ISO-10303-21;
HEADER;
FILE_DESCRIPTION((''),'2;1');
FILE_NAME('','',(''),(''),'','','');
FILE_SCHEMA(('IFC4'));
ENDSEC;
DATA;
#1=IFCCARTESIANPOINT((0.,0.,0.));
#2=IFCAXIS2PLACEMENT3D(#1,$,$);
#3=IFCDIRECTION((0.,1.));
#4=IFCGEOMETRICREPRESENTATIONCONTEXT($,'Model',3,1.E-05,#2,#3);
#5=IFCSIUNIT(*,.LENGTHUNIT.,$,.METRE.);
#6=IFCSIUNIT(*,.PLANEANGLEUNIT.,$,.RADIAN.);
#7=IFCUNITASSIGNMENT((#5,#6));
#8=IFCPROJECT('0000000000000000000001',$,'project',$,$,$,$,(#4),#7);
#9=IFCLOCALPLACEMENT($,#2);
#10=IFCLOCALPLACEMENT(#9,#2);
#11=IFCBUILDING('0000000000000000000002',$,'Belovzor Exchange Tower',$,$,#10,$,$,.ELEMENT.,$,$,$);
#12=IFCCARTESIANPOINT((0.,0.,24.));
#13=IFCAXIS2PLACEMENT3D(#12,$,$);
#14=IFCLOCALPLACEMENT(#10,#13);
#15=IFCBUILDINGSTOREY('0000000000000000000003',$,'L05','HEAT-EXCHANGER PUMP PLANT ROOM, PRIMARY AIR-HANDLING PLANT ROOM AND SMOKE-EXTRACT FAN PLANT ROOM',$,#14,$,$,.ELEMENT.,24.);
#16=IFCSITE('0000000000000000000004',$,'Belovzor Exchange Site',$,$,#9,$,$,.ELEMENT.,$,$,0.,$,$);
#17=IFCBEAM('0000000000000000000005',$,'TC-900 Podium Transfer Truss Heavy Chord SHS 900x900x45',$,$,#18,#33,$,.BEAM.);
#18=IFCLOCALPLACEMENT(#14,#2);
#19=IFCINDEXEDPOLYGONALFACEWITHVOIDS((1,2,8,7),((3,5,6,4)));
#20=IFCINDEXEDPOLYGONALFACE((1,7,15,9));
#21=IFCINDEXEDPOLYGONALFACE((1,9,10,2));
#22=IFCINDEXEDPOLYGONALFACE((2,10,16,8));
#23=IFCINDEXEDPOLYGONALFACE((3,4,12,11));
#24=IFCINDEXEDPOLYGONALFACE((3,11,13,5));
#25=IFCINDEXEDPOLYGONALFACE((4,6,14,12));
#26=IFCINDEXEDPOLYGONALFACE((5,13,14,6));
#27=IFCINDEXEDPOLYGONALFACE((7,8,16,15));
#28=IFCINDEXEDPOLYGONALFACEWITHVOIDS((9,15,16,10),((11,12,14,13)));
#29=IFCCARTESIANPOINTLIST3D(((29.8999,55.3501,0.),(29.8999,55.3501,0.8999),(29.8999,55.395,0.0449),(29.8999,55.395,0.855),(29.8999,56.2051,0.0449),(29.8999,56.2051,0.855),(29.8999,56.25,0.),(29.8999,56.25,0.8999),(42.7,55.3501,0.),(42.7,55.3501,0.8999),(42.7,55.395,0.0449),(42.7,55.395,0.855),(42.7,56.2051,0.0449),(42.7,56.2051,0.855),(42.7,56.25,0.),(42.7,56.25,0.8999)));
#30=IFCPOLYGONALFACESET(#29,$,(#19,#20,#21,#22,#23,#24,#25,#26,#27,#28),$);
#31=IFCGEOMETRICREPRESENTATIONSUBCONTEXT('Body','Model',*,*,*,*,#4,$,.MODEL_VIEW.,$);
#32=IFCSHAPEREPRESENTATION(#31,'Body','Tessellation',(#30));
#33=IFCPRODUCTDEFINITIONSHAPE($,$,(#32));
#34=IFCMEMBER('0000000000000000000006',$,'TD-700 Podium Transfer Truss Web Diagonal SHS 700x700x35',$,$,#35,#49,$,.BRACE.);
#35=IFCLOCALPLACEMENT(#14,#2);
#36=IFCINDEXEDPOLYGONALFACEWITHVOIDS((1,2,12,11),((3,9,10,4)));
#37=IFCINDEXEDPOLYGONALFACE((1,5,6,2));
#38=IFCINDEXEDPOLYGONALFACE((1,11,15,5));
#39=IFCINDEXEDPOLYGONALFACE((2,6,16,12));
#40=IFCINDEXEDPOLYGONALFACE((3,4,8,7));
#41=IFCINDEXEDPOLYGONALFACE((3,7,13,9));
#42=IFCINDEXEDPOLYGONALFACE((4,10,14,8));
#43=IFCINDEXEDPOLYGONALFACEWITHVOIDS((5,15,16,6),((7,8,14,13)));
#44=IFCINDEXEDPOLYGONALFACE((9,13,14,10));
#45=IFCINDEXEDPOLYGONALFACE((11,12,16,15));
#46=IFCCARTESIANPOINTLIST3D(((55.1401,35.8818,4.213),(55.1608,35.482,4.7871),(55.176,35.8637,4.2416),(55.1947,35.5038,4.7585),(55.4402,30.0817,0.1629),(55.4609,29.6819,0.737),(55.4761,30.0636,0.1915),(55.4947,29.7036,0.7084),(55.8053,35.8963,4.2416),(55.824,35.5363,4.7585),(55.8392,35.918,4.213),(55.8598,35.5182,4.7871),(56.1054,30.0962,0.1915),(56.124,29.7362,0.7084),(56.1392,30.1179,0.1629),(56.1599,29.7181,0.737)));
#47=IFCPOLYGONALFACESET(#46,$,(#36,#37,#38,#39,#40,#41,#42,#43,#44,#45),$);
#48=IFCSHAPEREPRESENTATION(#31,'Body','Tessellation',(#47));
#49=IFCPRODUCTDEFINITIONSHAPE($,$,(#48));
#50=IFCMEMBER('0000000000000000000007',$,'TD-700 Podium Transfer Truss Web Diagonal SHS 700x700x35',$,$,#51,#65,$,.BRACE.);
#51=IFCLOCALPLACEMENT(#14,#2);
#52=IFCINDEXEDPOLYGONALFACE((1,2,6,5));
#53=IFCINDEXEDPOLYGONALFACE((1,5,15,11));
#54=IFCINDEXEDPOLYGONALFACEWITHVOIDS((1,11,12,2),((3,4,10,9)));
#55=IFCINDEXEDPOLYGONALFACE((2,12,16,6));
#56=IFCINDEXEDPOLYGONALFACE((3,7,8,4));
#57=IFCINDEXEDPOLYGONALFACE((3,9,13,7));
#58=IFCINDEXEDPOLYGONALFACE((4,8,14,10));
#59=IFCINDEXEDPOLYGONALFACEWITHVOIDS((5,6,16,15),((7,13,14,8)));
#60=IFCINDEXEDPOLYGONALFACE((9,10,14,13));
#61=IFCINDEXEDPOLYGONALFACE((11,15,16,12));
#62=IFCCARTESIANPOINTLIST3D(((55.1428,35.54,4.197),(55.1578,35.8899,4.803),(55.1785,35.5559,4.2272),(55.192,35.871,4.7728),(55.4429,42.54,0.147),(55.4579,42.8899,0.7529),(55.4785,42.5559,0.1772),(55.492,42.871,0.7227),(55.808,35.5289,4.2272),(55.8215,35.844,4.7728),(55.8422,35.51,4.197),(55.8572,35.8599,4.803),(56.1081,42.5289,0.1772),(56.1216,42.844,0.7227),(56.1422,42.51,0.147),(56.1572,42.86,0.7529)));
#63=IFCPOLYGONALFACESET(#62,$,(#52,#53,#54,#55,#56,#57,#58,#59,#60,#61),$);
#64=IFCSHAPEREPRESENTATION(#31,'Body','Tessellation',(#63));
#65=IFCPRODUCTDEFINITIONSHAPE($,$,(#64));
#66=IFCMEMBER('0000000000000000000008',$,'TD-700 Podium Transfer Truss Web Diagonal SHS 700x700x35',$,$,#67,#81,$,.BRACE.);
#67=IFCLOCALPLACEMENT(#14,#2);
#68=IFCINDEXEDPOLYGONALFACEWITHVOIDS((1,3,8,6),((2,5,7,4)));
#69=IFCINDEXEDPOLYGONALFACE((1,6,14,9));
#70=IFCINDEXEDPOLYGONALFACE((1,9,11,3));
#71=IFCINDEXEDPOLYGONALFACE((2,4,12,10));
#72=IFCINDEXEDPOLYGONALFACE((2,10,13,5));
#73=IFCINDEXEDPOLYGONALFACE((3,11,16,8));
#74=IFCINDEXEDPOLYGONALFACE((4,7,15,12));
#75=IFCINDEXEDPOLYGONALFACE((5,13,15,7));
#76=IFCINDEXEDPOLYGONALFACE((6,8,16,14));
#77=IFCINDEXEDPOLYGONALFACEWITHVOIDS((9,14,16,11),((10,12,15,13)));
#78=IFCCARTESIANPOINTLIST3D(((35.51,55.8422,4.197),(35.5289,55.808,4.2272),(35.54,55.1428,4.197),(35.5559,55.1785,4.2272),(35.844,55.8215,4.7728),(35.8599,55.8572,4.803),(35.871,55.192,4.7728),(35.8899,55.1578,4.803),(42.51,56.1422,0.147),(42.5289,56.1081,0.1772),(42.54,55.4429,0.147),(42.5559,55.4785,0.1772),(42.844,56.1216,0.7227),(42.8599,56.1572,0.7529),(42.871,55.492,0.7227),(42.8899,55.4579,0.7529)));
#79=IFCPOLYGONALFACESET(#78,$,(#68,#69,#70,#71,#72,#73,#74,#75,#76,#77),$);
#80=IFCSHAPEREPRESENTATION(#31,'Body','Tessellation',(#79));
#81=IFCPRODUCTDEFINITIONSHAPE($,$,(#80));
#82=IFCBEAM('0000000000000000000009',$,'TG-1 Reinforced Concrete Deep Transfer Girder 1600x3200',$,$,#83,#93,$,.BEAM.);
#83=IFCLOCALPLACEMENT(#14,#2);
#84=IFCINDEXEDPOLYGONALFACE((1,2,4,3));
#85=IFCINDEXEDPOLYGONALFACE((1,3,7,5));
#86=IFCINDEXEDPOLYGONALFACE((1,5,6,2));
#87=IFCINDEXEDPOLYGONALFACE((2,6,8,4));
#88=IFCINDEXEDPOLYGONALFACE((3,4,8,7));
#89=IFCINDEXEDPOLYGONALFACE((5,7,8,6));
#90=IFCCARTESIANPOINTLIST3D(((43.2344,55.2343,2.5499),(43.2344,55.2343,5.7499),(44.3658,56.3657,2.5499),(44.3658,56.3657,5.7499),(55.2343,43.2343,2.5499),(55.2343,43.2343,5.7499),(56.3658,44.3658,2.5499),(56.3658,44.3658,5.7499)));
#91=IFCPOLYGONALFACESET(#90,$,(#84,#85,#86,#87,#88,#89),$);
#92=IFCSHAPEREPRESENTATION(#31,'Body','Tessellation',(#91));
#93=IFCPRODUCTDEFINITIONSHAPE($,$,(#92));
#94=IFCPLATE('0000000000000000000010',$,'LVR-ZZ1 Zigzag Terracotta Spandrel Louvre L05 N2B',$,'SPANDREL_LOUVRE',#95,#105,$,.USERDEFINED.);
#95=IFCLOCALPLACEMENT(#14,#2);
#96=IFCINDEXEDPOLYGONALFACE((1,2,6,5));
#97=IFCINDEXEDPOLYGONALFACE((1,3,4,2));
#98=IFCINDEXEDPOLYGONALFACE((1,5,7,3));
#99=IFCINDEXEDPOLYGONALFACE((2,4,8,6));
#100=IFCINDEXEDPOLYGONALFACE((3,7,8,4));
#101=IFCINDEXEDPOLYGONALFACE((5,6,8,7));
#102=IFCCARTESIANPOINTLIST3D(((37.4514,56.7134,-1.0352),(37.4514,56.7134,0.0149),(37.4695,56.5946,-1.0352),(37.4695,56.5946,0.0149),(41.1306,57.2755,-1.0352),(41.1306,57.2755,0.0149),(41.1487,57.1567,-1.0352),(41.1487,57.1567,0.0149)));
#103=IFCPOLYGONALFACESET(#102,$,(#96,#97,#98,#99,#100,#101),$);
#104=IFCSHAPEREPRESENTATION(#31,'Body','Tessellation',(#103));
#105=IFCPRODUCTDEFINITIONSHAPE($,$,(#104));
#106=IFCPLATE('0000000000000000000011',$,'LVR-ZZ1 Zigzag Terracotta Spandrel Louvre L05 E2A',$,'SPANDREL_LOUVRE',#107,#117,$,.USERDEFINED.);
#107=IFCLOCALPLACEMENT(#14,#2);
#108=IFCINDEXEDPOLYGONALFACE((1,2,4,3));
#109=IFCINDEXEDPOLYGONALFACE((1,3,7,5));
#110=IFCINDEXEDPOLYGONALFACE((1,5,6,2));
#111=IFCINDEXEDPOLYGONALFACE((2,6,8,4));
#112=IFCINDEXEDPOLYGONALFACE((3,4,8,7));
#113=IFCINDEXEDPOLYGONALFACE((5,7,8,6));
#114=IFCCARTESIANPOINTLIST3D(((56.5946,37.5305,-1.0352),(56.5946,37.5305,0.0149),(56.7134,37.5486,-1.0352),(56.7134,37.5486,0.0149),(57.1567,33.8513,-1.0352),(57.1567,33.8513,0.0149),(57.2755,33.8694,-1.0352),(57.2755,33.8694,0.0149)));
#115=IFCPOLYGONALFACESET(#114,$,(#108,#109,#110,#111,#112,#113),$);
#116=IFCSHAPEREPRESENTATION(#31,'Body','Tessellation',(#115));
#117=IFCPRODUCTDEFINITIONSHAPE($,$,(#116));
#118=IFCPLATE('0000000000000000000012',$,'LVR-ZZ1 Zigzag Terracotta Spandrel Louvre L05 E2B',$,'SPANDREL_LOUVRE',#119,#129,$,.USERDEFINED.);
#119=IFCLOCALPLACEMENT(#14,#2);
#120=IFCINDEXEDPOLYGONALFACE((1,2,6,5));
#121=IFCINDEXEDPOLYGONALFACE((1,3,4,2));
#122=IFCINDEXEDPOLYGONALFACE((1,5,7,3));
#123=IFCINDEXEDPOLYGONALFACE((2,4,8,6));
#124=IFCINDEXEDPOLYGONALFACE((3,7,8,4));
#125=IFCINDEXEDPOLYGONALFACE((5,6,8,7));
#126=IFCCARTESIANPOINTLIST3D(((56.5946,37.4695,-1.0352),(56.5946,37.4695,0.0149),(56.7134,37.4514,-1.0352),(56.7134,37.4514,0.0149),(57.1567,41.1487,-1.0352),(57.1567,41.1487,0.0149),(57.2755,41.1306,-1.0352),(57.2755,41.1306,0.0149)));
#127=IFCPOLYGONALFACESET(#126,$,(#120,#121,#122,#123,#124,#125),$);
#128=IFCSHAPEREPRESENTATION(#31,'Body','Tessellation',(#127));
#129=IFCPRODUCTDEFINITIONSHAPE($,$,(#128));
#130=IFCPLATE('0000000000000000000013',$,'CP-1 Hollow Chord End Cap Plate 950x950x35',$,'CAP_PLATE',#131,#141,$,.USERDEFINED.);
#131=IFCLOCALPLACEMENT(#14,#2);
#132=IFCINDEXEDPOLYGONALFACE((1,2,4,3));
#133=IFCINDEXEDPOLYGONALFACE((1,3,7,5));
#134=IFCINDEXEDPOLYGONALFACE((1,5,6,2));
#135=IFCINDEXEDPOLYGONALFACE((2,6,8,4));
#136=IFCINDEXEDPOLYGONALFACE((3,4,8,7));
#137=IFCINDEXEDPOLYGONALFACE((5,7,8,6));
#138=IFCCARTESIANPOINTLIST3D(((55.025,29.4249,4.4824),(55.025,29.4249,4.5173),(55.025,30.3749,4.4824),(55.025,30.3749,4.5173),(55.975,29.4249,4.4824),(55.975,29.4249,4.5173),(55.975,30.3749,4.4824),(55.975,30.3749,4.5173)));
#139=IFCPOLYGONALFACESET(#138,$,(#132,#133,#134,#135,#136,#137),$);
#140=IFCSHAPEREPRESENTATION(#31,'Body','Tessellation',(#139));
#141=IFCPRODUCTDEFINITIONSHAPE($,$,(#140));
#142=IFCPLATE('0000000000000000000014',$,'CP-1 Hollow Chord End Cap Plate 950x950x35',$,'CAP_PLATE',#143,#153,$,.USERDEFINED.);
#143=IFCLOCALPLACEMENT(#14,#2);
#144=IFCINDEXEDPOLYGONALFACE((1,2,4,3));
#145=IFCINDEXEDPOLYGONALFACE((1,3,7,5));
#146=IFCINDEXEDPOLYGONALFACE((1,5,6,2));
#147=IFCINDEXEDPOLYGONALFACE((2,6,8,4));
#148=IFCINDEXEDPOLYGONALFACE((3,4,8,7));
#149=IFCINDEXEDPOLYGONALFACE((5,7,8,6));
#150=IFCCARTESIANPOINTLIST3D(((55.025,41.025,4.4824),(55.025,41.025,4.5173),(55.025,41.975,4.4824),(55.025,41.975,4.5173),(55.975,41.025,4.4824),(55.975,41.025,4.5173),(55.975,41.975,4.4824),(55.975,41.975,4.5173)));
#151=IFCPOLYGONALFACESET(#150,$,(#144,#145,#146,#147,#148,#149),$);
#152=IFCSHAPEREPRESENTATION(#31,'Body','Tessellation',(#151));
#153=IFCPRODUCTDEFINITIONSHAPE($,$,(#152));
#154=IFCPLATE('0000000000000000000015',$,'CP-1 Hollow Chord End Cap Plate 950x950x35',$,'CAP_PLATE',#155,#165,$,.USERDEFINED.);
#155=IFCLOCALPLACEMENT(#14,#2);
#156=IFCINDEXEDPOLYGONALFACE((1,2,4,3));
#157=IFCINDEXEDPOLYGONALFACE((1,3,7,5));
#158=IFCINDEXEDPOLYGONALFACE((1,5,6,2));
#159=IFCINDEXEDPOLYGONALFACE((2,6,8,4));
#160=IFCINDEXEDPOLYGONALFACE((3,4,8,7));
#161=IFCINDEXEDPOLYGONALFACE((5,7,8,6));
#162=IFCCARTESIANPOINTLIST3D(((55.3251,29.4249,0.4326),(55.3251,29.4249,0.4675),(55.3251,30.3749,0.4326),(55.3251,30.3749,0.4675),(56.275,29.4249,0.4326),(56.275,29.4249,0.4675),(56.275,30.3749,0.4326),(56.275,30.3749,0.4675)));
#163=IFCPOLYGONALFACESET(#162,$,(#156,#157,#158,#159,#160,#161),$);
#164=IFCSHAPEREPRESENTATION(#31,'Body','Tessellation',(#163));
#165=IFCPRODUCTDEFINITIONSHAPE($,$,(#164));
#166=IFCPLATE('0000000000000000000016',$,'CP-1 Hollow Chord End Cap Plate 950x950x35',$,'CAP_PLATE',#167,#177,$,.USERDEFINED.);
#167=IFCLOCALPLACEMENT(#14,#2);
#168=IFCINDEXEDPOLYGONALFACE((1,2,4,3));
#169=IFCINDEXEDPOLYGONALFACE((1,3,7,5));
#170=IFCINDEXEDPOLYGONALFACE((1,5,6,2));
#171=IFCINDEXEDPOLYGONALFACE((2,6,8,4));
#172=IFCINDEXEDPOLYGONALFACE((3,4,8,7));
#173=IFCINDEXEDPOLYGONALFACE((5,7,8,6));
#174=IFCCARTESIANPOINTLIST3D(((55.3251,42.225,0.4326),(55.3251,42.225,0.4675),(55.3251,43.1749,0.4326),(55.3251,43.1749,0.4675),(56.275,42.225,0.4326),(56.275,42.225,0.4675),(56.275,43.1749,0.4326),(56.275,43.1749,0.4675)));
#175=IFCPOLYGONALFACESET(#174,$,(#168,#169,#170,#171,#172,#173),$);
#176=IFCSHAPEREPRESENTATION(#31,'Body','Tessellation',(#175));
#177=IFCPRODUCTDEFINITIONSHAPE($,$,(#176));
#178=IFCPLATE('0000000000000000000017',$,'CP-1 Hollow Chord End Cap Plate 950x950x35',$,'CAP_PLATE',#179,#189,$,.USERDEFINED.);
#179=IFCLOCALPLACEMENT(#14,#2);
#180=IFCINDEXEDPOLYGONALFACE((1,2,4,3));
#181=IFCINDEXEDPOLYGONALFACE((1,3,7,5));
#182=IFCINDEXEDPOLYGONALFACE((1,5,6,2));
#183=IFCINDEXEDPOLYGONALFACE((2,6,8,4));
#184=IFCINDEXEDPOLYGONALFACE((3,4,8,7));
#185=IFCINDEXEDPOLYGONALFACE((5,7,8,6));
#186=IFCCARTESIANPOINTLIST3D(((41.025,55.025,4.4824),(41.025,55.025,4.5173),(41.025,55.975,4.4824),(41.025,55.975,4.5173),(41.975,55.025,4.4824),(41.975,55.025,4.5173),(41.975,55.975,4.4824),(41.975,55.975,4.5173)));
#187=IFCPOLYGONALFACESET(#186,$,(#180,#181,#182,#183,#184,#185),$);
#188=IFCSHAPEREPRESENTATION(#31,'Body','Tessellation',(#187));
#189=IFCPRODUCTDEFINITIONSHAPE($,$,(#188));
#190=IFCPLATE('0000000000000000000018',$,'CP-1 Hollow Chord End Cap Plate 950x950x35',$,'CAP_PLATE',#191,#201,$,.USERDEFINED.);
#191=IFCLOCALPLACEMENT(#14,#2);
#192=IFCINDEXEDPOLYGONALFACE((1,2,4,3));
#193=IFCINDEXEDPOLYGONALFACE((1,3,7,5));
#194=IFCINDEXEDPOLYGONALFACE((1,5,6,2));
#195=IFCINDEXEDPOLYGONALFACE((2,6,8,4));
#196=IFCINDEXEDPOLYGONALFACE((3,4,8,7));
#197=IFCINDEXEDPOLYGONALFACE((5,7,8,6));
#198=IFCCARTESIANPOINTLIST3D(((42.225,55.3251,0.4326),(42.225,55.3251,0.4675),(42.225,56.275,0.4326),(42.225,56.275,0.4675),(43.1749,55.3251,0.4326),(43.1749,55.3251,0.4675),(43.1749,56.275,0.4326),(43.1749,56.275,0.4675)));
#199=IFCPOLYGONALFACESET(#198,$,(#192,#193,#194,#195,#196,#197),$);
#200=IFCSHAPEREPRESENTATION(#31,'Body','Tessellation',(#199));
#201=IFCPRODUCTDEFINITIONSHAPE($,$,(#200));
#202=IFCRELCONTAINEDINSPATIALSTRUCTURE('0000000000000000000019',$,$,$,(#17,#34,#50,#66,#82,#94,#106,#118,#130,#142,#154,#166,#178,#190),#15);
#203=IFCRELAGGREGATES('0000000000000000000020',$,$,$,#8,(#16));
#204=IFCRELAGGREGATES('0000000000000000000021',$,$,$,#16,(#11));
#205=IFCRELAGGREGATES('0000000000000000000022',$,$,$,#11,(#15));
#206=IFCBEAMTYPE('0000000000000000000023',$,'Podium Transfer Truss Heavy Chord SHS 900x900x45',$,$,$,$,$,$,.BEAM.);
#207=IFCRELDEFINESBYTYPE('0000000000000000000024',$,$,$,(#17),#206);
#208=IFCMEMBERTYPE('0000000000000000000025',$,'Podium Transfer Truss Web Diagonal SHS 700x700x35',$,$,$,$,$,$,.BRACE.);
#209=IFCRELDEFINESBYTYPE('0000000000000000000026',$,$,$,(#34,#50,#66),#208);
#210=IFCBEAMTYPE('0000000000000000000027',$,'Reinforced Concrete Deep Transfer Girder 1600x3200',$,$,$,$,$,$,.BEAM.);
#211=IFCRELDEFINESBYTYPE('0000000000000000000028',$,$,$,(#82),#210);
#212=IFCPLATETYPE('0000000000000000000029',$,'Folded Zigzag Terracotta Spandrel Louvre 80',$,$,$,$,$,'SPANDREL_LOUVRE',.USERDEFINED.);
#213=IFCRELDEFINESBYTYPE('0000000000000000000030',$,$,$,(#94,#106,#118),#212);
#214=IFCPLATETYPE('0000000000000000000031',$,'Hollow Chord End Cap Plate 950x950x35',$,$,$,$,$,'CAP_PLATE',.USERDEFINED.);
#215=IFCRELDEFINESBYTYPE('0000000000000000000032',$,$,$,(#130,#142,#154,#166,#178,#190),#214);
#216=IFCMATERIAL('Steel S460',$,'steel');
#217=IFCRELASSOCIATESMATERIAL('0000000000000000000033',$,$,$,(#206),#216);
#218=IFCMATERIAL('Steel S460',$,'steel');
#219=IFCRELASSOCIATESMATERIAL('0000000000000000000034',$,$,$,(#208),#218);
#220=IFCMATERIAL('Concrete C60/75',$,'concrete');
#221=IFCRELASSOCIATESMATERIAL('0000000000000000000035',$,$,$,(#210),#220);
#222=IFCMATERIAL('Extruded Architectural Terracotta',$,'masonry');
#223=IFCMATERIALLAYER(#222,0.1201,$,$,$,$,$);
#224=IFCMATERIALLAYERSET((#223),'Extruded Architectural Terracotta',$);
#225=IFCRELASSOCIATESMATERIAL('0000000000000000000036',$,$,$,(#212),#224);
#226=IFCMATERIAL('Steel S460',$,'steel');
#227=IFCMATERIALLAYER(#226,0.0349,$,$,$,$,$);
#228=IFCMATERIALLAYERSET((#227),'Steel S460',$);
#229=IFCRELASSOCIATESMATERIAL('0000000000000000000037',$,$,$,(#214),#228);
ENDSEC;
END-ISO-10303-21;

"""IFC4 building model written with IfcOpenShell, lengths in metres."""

from ifc_helpers import new_model, si_unit, direction, frame, origin, origin_2d, place, context, subcontext, project, spatial, rectangle, hollow_rectangle, extrude, material, layer, layer_set, material_profile, profile_set, type_object, element, save


model = new_model("IFC4")

# Units and contexts
model_context = context("Model", 3, precision=1e-05, world=origin(), true_north=direction((0.0, 1.0)))
body_context = subcontext(model_context, "Body", "Model", "MODEL_VIEW")
ifc_project = project(units=[si_unit("LENGTHUNIT", "METRE"), si_unit("PLANEANGLEUNIT", "RADIAN")], contexts=[model_context])

# Site, building, storey
site_placement = place(None, origin())
site = spatial("IfcSite", under=ifc_project, at=site_placement, Name="Belovzor Exchange Site", CompositionType="ELEMENT", RefElevation=0.0)
building_placement = place(site_placement, origin())
building = spatial("IfcBuilding", under=site, at=building_placement, Name="Belovzor Exchange Tower", CompositionType="ELEMENT")
storey_placement = place(building_placement, frame((0.0, 0.0, 24.0)))
storey = spatial("IfcBuildingStorey", under=building, at=storey_placement, Name="L05", Description="HEAT-EXCHANGER PUMP PLANT ROOM, PRIMARY AIR-HANDLING PLANT ROOM AND SMOKE-EXTRACT FAN PLANT ROOM", CompositionType="ELEMENT", Elevation=24.0)

# Beam
ifc_material_1 = material(Name="Steel S460", Category="steel")
ifc_material_profile_1 = material_profile(ifc_material_1, hollow_rectangle(XDim=0.8999, YDim=0.8999, WallThickness=0.0449, at=origin_2d()))
ifc_profile_set_1 = profile_set([ifc_material_profile_1], Name="Steel S460")
beam_type_1 = type_object("IfcBeamType", Name="Podium Transfer Truss Heavy Chord SHS 900x900x45", PredefinedType="BEAM", material=ifc_profile_set_1)
beam_1_placement = place(storey_placement, frame((42.7, 55.8, 0.45), z_axis=(-1.0, 0.0, 0.0), x_axis=(0.0, -1.0, 0.0)))
element("IfcBeam", 1, at=beam_1_placement, inside=storey, type_object=beam_type_1, Name="TC-900 Podium Transfer Truss Heavy Chord SHS 900x900x45", PredefinedType="BEAM", context=body_context, shape_type="SweptSolid", body=[
    extrude(hollow_rectangle(XDim=0.8999, YDim=0.8999, WallThickness=0.0449, at=origin_2d()), origin(), (0.0, 0.0, 1.0), 12.8),
])

# Members
ifc_material_2 = material(Name="Steel S460", Category="steel")
ifc_material_profile_2 = material_profile(ifc_material_2, hollow_rectangle(XDim=0.7, YDim=0.7, WallThickness=0.0349, at=origin_2d()))
ifc_profile_set_2 = profile_set([ifc_material_profile_2], Name="Steel S460")
member_type_1 = type_object("IfcMemberType", Name="Podium Transfer Truss Web Diagonal SHS 700x700x35", PredefinedType="BRACE", material=ifc_profile_set_2)
member_placement = place(storey_placement, frame((55.8, 29.8999, 0.45), z_axis=(-0.042377, 0.819158, 0.572), x_axis=(-0.998665, -0.051663, 0.0)))
element("IfcMember", 2, at=member_placement, inside=storey, type_object=member_type_1, Name="TD-700 Podium Transfer Truss Web Diagonal SHS 700x700x35", PredefinedType="BRACE", context=body_context, shape_type="SweptSolid", body=[
    extrude(hollow_rectangle(XDim=0.7, YDim=0.7, WallThickness=0.0349, at=origin_2d()), origin(), (0.0, 0.0, 1.0), 7.0806),
])
for number, where, z_axis, x_axis, name in (
    (3, (55.5, 35.7, 4.5), (0.037076, 0.86497, -0.500453), (-0.999083, 0.042825, 0.0), "TD-700 Podium Transfer Truss Web Diagonal SHS 700x700x35"),
    (4, (42.7, 55.8, 0.45), (-0.86497, -0.037076, 0.500453), (0.042825, -0.999083, 0.0), "TD-700 Podium Transfer Truss Web Diagonal SHS 700x700x35"),
):
    element("IfcMember", number, at=place(storey_placement, frame(where, z_axis=z_axis, x_axis=x_axis)), inside=storey, type_object=member_type_1, Name=name, PredefinedType="BRACE", context=body_context, shape_type="SweptSolid", body=[
        extrude(hollow_rectangle(XDim=0.7, YDim=0.7, WallThickness=0.0349, at=origin_2d()), origin(), (0.0, 0.0, 1.0), 8.0928),
    ])

# Beam
ifc_material_3 = material(Name="Concrete C60/75", Category="concrete")
ifc_material_profile_3 = material_profile(ifc_material_3, rectangle(XDim=1.6001, YDim=3.2, at=origin_2d()))
ifc_profile_set_3 = profile_set([ifc_material_profile_3], Name="Concrete C60/75")
beam_type_2 = type_object("IfcBeamType", Name="Reinforced Concrete Deep Transfer Girder 1600x3200", PredefinedType="BEAM", material=ifc_profile_set_3)
beam_2_placement = place(storey_placement, frame((55.8, 43.8, 4.1499), z_axis=(-0.707107, 0.707107, 0.0), x_axis=(-0.707107, -0.707107, 0.0)))
element("IfcBeam", 5, at=beam_2_placement, inside=storey, type_object=beam_type_2, Name="TG-1 Reinforced Concrete Deep Transfer Girder 1600x3200", PredefinedType="BEAM", context=body_context, shape_type="SweptSolid", body=[
    extrude(rectangle(XDim=1.6001, YDim=3.2, at=origin_2d()), origin(), (0.0, 0.0, 1.0), 16.9705),
])

# Plates
ifc_material_4 = material(Name="Extruded Architectural Terracotta", Category="masonry")
ifc_layer_1 = layer(ifc_material_4, 0.1201)
ifc_layer_set_1 = layer_set([ifc_layer_1], Name="Extruded Architectural Terracotta")
plate_type_1 = type_object("IfcPlateType", Name="Folded Zigzag Terracotta Spandrel Louvre 80", ElementType="SPANDREL_LOUVRE", PredefinedType="USERDEFINED", material=ifc_layer_set_1)
for number, where, z_axis, x_axis, name in (
    (6, (39.3, 56.9351, -1.0352), (0.0, 0.0, 1.0), (0.988531, 0.151019, 0.0), "LVR-ZZ1 Zigzag Terracotta Spandrel Louvre L05 N2B"),
    (7, (56.9351, 35.7, -1.0352), (0.0, 0.0, 1.0), (-0.151019, 0.988531, 0.0), "LVR-ZZ1 Zigzag Terracotta Spandrel Louvre L05 E2A"),
    (8, (56.9351, 39.3, -1.0352), (0.0, 0.0, 1.0), (0.151019, 0.988531, 0.0), "LVR-ZZ1 Zigzag Terracotta Spandrel Louvre L05 E2B"),
):
    element("IfcPlate", number, at=place(storey_placement, frame(where, z_axis=z_axis, x_axis=x_axis)), inside=storey, type_object=plate_type_1, Name=name, ObjectType="SPANDREL_LOUVRE", PredefinedType="USERDEFINED", context=body_context, shape_type="SweptSolid", body=[
        extrude(rectangle(XDim=3.7219, YDim=0.1201, at=origin_2d()), origin(), (0.0, 0.0, 1.0), 1.05),
    ])
ifc_material_5 = material(Name="Steel S460", Category="steel")
ifc_layer_2 = layer(ifc_material_5, 0.0349)
ifc_layer_set_2 = layer_set([ifc_layer_2], Name="Steel S460")
plate_type_2 = type_object("IfcPlateType", Name="Hollow Chord End Cap Plate 950x950x35", ElementType="CAP_PLATE", PredefinedType="USERDEFINED", material=ifc_layer_set_2)
for number, where, z_axis, x_axis, name in (
    (9, (55.5, 29.8999, 4.4824), (0.0, 0.0, 1.0), (0.0, 1.0, 0.0), "CP-1 Hollow Chord End Cap Plate 950x950x35"),
    (10, (55.5, 41.5, 4.4824), (0.0, 0.0, 1.0), (0.0, 1.0, 0.0), "CP-1 Hollow Chord End Cap Plate 950x950x35"),
    (11, (55.8, 29.8999, 0.4326), (0.0, 0.0, 1.0), (0.0, 1.0, 0.0), "CP-1 Hollow Chord End Cap Plate 950x950x35"),
    (12, (55.8, 42.7, 0.4326), (0.0, 0.0, 1.0), (0.0, 1.0, 0.0), "CP-1 Hollow Chord End Cap Plate 950x950x35"),
    (13, (41.5, 55.5, 4.4824), (0.0, 0.0, 1.0), (1.0, 0.0, 0.0), "CP-1 Hollow Chord End Cap Plate 950x950x35"),
    (14, (42.7, 55.8, 0.4326), (0.0, 0.0, 1.0), (1.0, 0.0, 0.0), "CP-1 Hollow Chord End Cap Plate 950x950x35"),
):
    element("IfcPlate", number, at=place(storey_placement, frame(where, z_axis=z_axis, x_axis=x_axis)), inside=storey, type_object=plate_type_2, Name=name, ObjectType="CAP_PLATE", PredefinedType="USERDEFINED", context=body_context, shape_type="SweptSolid", body=[
        extrude(rectangle(XDim=0.95, YDim=0.95, at=origin_2d()), origin(), (0.0, 0.0, 1.0), 0.0349),
    ])

save(model, "model.ifc")
